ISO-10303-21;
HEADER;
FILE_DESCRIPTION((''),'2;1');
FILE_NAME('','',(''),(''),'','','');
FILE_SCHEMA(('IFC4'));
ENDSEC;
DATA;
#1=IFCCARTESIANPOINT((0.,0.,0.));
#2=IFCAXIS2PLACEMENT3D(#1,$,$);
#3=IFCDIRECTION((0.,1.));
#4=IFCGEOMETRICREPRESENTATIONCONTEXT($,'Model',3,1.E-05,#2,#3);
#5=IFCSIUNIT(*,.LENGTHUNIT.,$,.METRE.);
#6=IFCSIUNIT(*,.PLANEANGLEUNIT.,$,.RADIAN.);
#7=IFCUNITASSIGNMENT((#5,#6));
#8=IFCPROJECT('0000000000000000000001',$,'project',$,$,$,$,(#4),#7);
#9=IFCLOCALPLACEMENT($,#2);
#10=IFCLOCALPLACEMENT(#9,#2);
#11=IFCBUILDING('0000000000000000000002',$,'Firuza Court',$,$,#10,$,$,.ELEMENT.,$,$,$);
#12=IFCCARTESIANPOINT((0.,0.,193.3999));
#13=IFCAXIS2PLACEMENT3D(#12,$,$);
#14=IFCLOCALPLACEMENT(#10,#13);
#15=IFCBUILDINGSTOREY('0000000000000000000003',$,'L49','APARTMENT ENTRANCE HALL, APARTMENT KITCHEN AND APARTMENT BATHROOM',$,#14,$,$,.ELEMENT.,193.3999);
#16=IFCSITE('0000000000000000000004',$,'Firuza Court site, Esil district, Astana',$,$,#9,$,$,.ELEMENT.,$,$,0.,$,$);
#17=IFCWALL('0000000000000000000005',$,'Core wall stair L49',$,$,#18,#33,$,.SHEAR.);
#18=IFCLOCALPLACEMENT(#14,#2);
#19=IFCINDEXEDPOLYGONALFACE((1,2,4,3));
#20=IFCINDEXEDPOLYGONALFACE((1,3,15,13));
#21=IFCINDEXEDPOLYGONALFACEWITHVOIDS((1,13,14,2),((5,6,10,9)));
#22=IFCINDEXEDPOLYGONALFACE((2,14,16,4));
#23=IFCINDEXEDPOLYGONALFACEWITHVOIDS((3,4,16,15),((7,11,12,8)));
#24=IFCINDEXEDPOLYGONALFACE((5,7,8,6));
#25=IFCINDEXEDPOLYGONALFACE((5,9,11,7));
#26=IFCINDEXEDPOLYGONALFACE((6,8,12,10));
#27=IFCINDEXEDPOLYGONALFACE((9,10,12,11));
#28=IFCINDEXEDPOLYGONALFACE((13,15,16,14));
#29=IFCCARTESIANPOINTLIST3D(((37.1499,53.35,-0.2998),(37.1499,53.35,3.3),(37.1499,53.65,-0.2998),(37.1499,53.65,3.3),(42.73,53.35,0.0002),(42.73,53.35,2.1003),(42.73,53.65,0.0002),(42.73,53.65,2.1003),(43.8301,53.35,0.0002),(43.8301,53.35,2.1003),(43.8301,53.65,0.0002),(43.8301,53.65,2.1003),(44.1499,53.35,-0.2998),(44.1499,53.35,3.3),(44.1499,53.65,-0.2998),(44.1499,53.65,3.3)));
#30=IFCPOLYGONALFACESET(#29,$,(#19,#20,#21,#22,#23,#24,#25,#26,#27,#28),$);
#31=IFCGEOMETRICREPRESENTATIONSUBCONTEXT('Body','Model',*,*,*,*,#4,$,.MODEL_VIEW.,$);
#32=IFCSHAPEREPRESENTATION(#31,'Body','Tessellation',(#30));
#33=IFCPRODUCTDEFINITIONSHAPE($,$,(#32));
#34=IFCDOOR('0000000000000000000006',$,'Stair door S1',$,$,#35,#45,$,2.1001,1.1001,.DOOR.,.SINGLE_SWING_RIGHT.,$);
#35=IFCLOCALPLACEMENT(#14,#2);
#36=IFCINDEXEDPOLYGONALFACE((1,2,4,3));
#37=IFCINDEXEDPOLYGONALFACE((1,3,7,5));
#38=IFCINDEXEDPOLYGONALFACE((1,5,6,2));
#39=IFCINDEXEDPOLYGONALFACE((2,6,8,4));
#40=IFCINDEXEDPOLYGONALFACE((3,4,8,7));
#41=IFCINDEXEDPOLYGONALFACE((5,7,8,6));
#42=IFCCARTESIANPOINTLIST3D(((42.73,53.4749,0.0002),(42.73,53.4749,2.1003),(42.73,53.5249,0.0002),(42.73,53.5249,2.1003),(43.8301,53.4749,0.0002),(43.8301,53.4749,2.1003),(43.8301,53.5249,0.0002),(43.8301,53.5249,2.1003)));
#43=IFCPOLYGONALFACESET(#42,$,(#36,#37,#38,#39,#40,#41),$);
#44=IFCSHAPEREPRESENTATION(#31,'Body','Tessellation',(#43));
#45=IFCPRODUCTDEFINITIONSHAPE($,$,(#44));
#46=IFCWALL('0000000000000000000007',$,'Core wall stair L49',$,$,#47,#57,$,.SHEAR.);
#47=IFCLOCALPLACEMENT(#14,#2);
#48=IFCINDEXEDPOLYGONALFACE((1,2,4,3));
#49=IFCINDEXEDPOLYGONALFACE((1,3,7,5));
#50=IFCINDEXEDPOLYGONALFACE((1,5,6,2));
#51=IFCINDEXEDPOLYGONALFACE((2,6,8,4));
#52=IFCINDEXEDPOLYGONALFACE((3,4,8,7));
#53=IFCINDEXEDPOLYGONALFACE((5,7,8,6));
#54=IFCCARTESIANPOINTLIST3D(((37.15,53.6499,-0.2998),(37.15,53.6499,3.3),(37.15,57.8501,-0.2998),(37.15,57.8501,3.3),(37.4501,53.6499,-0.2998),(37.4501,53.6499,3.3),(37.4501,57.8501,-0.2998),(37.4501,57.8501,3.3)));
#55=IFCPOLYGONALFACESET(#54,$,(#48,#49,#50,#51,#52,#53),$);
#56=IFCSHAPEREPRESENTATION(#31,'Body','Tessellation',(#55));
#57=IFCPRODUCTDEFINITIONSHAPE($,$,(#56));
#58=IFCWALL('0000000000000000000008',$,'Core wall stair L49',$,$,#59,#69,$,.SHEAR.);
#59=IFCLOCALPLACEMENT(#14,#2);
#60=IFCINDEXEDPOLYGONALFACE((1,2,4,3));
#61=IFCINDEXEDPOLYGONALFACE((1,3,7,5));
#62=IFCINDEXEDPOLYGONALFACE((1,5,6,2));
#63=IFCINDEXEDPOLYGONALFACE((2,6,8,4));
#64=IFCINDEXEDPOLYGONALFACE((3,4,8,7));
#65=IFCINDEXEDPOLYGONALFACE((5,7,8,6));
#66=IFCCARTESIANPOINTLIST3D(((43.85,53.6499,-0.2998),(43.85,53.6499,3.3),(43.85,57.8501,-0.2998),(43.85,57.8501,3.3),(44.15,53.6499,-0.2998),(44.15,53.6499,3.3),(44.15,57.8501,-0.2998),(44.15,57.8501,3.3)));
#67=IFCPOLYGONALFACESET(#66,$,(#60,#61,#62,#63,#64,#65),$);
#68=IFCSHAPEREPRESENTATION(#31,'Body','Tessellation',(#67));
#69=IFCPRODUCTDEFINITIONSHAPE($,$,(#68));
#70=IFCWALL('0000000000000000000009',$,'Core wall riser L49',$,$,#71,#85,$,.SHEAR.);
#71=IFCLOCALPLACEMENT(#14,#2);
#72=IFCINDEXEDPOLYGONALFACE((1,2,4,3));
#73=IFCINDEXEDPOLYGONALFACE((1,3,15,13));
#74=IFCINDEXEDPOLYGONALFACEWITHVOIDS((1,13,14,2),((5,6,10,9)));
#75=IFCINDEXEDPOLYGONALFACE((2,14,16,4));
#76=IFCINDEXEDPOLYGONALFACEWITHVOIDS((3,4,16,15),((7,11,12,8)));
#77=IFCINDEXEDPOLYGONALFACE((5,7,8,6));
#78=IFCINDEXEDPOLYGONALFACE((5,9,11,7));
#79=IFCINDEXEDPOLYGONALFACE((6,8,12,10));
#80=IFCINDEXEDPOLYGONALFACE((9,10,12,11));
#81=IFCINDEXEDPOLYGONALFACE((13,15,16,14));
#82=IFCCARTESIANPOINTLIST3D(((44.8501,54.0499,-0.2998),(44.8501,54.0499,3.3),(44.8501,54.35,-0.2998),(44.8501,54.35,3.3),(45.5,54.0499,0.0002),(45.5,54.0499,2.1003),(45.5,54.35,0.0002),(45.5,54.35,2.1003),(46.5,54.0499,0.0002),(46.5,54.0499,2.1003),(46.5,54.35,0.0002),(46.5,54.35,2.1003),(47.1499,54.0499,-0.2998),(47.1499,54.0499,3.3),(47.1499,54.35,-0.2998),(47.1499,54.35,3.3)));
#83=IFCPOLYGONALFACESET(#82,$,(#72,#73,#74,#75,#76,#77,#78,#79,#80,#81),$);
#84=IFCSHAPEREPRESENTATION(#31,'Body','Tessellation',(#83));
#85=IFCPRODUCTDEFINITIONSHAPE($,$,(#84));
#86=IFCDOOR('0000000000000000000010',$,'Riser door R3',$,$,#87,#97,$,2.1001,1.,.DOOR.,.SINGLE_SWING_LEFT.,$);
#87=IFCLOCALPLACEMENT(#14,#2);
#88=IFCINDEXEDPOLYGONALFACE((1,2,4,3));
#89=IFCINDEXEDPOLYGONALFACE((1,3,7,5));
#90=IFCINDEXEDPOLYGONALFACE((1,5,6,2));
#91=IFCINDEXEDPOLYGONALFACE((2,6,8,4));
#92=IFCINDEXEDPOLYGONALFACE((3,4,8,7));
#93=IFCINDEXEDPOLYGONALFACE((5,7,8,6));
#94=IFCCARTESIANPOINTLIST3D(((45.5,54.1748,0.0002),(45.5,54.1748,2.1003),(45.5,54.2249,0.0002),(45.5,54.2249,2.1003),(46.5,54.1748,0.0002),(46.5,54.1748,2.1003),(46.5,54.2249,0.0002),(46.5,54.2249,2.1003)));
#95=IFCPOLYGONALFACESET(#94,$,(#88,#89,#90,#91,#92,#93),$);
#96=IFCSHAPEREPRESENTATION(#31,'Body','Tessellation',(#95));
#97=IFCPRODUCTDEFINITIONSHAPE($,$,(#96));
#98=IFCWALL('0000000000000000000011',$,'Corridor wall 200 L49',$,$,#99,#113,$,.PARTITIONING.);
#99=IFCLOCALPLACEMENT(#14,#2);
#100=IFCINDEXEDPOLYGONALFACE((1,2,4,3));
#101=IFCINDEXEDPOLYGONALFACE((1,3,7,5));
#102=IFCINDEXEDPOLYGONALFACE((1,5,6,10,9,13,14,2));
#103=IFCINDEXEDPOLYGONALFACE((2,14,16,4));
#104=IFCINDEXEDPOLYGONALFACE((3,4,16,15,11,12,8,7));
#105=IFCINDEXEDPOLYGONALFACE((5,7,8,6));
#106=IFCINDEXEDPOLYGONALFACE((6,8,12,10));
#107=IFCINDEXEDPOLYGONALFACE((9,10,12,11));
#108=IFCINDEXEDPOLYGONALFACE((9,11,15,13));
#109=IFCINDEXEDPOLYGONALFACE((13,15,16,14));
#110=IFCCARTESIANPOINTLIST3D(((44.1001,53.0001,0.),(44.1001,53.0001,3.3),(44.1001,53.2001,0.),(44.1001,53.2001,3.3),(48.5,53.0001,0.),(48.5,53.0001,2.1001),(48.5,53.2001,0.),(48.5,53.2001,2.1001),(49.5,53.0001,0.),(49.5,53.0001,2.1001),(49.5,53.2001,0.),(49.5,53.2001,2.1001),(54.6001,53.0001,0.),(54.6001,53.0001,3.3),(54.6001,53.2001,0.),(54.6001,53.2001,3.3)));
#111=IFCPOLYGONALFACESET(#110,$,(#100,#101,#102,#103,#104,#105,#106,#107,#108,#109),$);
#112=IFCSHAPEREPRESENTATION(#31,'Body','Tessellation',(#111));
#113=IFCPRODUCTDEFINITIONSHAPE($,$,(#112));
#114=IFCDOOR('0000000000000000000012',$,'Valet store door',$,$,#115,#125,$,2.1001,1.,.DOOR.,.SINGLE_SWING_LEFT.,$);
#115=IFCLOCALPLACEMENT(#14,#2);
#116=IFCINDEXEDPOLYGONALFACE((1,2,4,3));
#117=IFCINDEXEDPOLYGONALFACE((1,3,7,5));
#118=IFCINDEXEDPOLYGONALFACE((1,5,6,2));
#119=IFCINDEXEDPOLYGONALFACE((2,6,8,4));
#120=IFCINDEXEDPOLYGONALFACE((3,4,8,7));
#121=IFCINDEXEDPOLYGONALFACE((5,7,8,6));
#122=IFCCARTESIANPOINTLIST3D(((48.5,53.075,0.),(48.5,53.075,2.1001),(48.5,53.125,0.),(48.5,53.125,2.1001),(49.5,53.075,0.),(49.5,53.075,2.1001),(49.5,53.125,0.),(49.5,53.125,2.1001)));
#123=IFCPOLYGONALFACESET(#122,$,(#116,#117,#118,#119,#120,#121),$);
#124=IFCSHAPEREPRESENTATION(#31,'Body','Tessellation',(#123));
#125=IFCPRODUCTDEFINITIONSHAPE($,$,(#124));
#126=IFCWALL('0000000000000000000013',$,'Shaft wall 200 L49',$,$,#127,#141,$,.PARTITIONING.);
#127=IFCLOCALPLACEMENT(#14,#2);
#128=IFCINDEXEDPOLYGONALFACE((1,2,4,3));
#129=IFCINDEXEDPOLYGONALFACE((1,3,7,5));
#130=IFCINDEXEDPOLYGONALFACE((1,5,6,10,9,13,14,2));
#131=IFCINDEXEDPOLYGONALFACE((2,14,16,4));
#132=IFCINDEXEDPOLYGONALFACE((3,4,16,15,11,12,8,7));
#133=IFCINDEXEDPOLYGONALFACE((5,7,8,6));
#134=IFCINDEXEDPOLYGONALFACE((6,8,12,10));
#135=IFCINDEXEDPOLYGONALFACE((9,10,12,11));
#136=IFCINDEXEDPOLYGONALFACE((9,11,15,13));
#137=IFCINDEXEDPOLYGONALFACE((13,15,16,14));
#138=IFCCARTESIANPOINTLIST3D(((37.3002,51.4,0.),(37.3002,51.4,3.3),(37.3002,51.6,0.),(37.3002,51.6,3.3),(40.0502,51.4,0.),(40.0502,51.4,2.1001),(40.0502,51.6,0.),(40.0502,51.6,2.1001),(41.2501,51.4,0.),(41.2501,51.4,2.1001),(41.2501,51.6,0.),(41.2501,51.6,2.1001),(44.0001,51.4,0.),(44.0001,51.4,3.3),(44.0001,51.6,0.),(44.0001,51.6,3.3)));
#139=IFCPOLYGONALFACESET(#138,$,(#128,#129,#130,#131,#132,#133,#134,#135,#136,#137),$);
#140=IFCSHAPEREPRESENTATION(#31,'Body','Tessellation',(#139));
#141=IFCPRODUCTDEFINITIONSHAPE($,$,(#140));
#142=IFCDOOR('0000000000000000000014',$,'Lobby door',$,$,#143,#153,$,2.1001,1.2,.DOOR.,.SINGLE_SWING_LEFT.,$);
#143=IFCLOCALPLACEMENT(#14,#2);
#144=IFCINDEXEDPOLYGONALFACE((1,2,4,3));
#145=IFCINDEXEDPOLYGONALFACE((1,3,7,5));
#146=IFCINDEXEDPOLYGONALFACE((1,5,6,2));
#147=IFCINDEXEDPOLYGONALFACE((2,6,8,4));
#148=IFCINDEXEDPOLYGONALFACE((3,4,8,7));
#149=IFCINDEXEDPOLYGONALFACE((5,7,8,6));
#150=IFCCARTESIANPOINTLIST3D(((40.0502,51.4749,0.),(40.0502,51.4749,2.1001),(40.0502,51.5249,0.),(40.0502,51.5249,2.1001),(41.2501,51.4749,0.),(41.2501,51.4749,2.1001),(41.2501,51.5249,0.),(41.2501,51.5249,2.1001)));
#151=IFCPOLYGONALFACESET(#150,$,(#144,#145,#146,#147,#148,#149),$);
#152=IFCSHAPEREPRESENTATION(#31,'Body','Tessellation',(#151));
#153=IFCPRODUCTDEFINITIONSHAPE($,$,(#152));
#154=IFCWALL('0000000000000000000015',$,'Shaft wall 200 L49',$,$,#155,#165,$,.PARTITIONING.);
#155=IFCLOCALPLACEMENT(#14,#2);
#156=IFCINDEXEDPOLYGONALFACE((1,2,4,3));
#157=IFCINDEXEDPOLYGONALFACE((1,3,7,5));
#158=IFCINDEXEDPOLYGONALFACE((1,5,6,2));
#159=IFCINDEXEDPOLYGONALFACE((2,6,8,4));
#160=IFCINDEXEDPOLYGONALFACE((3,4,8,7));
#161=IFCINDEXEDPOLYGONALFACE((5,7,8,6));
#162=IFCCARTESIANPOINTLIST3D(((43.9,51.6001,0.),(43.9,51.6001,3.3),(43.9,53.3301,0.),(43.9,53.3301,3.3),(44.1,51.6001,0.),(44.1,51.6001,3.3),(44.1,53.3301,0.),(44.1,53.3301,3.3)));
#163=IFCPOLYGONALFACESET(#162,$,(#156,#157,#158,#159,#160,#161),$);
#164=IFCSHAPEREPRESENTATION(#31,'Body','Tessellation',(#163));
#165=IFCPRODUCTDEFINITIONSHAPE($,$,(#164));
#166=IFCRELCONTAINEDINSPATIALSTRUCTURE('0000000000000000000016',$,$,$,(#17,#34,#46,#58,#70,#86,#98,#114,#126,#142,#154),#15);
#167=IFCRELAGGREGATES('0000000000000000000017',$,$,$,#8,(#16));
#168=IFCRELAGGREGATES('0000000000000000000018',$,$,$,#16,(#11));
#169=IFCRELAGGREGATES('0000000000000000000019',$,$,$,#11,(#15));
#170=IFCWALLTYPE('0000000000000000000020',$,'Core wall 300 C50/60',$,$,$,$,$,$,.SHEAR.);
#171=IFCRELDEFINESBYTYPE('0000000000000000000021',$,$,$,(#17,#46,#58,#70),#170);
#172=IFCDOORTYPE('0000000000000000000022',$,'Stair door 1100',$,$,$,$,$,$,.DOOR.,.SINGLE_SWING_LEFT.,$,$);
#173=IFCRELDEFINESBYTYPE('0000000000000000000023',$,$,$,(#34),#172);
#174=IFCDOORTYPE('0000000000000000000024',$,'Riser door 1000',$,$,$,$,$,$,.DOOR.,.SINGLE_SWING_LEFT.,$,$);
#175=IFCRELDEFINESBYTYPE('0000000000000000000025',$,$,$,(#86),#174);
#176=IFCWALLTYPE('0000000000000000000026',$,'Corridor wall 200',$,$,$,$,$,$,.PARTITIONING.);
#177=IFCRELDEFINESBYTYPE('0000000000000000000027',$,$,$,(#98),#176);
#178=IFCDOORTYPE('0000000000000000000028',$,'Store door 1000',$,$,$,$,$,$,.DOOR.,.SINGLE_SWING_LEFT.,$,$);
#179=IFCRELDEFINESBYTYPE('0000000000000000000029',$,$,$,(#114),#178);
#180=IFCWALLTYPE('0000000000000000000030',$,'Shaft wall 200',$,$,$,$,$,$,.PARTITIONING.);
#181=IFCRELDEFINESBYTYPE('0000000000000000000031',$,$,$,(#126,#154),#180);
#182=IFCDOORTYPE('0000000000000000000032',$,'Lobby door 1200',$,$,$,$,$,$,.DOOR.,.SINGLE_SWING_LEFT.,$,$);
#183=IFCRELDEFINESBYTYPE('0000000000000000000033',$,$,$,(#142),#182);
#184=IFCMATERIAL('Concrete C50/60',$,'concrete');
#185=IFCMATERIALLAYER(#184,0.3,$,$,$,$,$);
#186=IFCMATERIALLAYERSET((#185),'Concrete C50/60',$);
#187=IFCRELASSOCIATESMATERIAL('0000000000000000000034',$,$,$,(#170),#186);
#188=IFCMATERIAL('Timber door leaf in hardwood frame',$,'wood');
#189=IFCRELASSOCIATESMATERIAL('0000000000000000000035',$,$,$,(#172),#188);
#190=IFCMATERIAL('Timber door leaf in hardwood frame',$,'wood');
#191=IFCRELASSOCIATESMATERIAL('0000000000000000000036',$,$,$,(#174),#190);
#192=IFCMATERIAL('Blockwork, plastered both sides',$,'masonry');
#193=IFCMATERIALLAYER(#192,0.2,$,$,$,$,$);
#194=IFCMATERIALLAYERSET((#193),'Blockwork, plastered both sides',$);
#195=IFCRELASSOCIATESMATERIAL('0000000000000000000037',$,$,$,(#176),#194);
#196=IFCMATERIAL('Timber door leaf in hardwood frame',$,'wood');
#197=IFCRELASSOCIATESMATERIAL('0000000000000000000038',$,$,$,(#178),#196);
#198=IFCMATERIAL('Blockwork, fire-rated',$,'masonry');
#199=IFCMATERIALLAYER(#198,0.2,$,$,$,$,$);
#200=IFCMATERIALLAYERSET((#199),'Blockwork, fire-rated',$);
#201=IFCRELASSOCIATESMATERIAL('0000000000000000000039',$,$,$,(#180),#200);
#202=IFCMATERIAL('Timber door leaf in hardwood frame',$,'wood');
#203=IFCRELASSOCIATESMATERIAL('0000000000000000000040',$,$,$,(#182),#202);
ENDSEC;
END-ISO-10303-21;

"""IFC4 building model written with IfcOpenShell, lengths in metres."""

from ifc_helpers import new_model, si_unit, direction, frame, frame_2d, origin, place, context, subcontext, project, spatial, rectangle, extrude, material, layer, layer_set, type_object, element, fill, save


model = new_model("IFC4")

# Units and contexts
model_context = context("Model", 3, precision=1e-05, world=origin(), true_north=direction((0.0, 1.0)))
body_context = subcontext(model_context, "Body", "Model", "MODEL_VIEW")
ifc_project = project(units=[si_unit("LENGTHUNIT", "METRE"), si_unit("PLANEANGLEUNIT", "RADIAN")], contexts=[model_context])

# Site, building, storey
site_placement = place(None, origin())
site = spatial("IfcSite", under=ifc_project, at=site_placement, Name="Firuza Court site, Esil district, Astana", CompositionType="ELEMENT", RefElevation=0.0)
building_placement = place(site_placement, origin())
building = spatial("IfcBuilding", under=site, at=building_placement, Name="Firuza Court", CompositionType="ELEMENT")
storey_placement = place(building_placement, frame((0.0, 0.0, 193.3999)))
storey = spatial("IfcBuildingStorey", under=building, at=storey_placement, Name="L49", Description="APARTMENT ENTRANCE HALL, APARTMENT KITCHEN AND APARTMENT BATHROOM", CompositionType="ELEMENT", Elevation=193.3999)

# Wall, opening, door
ifc_material_1 = material(Name="Concrete C50/60", Category="concrete")
ifc_layer_1 = layer(ifc_material_1, 0.3)
ifc_layer_set_1 = layer_set([ifc_layer_1], Name="Concrete C50/60")
wall_type_1 = type_object("IfcWallType", Name="Core wall 300 C50/60", PredefinedType="SHEAR", material=ifc_layer_set_1)
wall_1_placement = place(storey_placement, frame((37.1499, 53.5, -0.2998), z_axis=(0.0, 0.0, 1.0), x_axis=(1.0, 0.0, 0.0)))
wall_1 = element("IfcWall", 1, at=wall_1_placement, inside=storey, type_object=wall_type_1, Name="Core wall stair L49", PredefinedType="SHEAR", context=body_context, shape_type="SweptSolid", body=[
    extrude(rectangle(XDim=7.0, YDim=0.3, at=frame_2d((3.5, 0.0))), origin(), (0.0, 0.0, 1.0), 3.5999),
])
opening_1_placement = place(wall_1_placement, frame((5.5801, 0.0, 0.3)))
opening_1 = element("IfcOpeningElement", 2, at=opening_1_placement, cuts=wall_1, PredefinedType="OPENING", context=body_context, shape_type="SweptSolid", body=[
    extrude(rectangle(XDim=1.1001, YDim=2.1001, at=frame_2d((0.55, 1.05))), frame((0.0, 0.1621, 0.0), z_axis=(0.0, -1.0, 0.0), x_axis=(1.0, 0.0, 0.0)), (0.0, 0.0, 1.0), 0.324),
])
ifc_material_2 = material(Name="Timber door leaf in hardwood frame", Category="wood")
door_type_1 = type_object("IfcDoorType", Name="Stair door 1100", OperationType="SINGLE_SWING_LEFT", PredefinedType="DOOR", material=ifc_material_2)
door_1_placement = place(opening_1_placement, origin())
door_1 = element("IfcDoor", 3, at=door_1_placement, inside=storey, type_object=door_type_1, Name="Stair door S1", OperationType="SINGLE_SWING_RIGHT", OverallHeight=2.1001, OverallWidth=1.1001, PredefinedType="DOOR", context=body_context, shape_type="SweptSolid", body=[
    extrude(rectangle(XDim=1.1001, YDim=2.1001, at=frame_2d((0.55, 1.05))), frame((0.0, 0.0249, 0.0), z_axis=(0.0, -1.0, 0.0), x_axis=(1.0, 0.0, 0.0)), (0.0, 0.0, 1.0), 0.05),
])
fill(opening_1, door_1)

# Walls
for number, where, z_axis, x_axis, name in (
    (4, (37.3, 53.6499, -0.2998), (0.0, 0.0, 1.0), (0.0, 1.0, 0.0), "Core wall stair L49"),
    (5, (44.0, 53.6499, -0.2998), (0.0, 0.0, 1.0), (0.0, 1.0, 0.0), "Core wall stair L49"),
):
    element("IfcWall", number, at=place(storey_placement, frame(where, z_axis=z_axis, x_axis=x_axis)), inside=storey, type_object=wall_type_1, Name=name, PredefinedType="SHEAR", context=body_context, shape_type="SweptSolid", body=[
        extrude(rectangle(XDim=4.2002, YDim=0.3, at=frame_2d((2.1001, 0.0))), origin(), (0.0, 0.0, 1.0), 3.5999),
    ])

# Walls, openings, doors
wall_2_placement = place(storey_placement, frame((44.8501, 54.2, -0.2998), z_axis=(0.0, 0.0, 1.0), x_axis=(1.0, 0.0, 0.0)))
wall_2 = element("IfcWall", 6, at=wall_2_placement, inside=storey, type_object=wall_type_1, Name="Core wall riser L49", PredefinedType="SHEAR", context=body_context, shape_type="SweptSolid", body=[
    extrude(rectangle(XDim=2.2998, YDim=0.3, at=frame_2d((1.1499, 0.0))), origin(), (0.0, 0.0, 1.0), 3.5999),
])
opening_2_placement = place(wall_2_placement, frame((0.6499, 0.0, 0.3)))
opening_2 = element("IfcOpeningElement", 7, at=opening_2_placement, cuts=wall_2, PredefinedType="OPENING", context=body_context, shape_type="SweptSolid", body=[
    extrude(rectangle(XDim=1.0, YDim=2.1001, at=frame_2d((0.5, 1.05))), frame((0.0, 0.1621, 0.0), z_axis=(0.0, -1.0, 0.0), x_axis=(1.0, 0.0, 0.0)), (0.0, 0.0, 1.0), 0.324),
])
ifc_material_3 = material(Name="Timber door leaf in hardwood frame", Category="wood")
door_type_2 = type_object("IfcDoorType", Name="Riser door 1000", OperationType="SINGLE_SWING_LEFT", PredefinedType="DOOR", material=ifc_material_3)
door_2_placement = place(opening_2_placement, origin())
door_2 = element("IfcDoor", 8, at=door_2_placement, inside=storey, type_object=door_type_2, Name="Riser door R3", OperationType="SINGLE_SWING_LEFT", OverallHeight=2.1001, OverallWidth=1.0, PredefinedType="DOOR", context=body_context, shape_type="SweptSolid", body=[
    extrude(rectangle(XDim=1.0, YDim=2.1001, at=frame_2d((0.5, 1.05))), frame((0.0, 0.0249, 0.0), z_axis=(0.0, -1.0, 0.0), x_axis=(1.0, 0.0, 0.0)), (0.0, 0.0, 1.0), 0.05),
])
fill(opening_2, door_2)
ifc_material_4 = material(Name="Blockwork, plastered both sides", Category="masonry")
ifc_layer_2 = layer(ifc_material_4, 0.2)
ifc_layer_set_2 = layer_set([ifc_layer_2], Name="Blockwork, plastered both sides")
wall_type_2 = type_object("IfcWallType", Name="Corridor wall 200", PredefinedType="PARTITIONING", material=ifc_layer_set_2)
wall_3_placement = place(storey_placement, frame((44.1001, 53.1001, 0.0), z_axis=(0.0, 0.0, 1.0), x_axis=(1.0, 0.0, 0.0)))
wall_3 = element("IfcWall", 9, at=wall_3_placement, inside=storey, type_object=wall_type_2, Name="Corridor wall 200 L49", PredefinedType="PARTITIONING", context=body_context, shape_type="SweptSolid", body=[
    extrude(rectangle(XDim=10.5, YDim=0.2, at=frame_2d((5.25, 0.0))), origin(), (0.0, 0.0, 1.0), 3.3),
])
opening_3_placement = place(wall_3_placement, frame((4.3999, 0.0, 0.0)))
opening_3 = element("IfcOpeningElement", 10, at=opening_3_placement, cuts=wall_3, PredefinedType="OPENING", context=body_context, shape_type="SweptSolid", body=[
    extrude(rectangle(XDim=1.0, YDim=2.1001, at=frame_2d((0.5, 1.05))), frame((0.0, 0.1118, 0.0), z_axis=(0.0, -1.0, 0.0), x_axis=(1.0, 0.0, 0.0)), (0.0, 0.0, 1.0), 0.2239),
])
ifc_material_5 = material(Name="Timber door leaf in hardwood frame", Category="wood")
door_type_3 = type_object("IfcDoorType", Name="Store door 1000", OperationType="SINGLE_SWING_LEFT", PredefinedType="DOOR", material=ifc_material_5)
door_3_placement = place(opening_3_placement, origin())
door_3 = element("IfcDoor", 11, at=door_3_placement, inside=storey, type_object=door_type_3, Name="Valet store door", OperationType="SINGLE_SWING_LEFT", OverallHeight=2.1001, OverallWidth=1.0, PredefinedType="DOOR", context=body_context, shape_type="SweptSolid", body=[
    extrude(rectangle(XDim=1.0, YDim=2.1001, at=frame_2d((0.5, 1.05))), frame((0.0, 0.0249, 0.0), z_axis=(0.0, -1.0, 0.0), x_axis=(1.0, 0.0, 0.0)), (0.0, 0.0, 1.0), 0.05),
])
fill(opening_3, door_3)
ifc_material_6 = material(Name="Blockwork, fire-rated", Category="masonry")
ifc_layer_3 = layer(ifc_material_6, 0.2)
ifc_layer_set_3 = layer_set([ifc_layer_3], Name="Blockwork, fire-rated")
wall_type_3 = type_object("IfcWallType", Name="Shaft wall 200", PredefinedType="PARTITIONING", material=ifc_layer_set_3)
wall_4_placement = place(storey_placement, frame((37.3, 51.5, 0.0), z_axis=(0.0, 0.0, 1.0), x_axis=(1.0, 0.0, 0.0)))
wall_4 = element("IfcWall", 12, at=wall_4_placement, inside=storey, type_object=wall_type_3, Name="Shaft wall 200 L49", PredefinedType="PARTITIONING", context=body_context, shape_type="SweptSolid", body=[
    extrude(rectangle(XDim=6.7, YDim=0.2, at=frame_2d((3.3501, 0.0))), origin(), (0.0, 0.0, 1.0), 3.3),
])
opening_4_placement = place(wall_4_placement, frame((2.75, 0.0, 0.0)))
opening_4 = element("IfcOpeningElement", 13, at=opening_4_placement, cuts=wall_4, PredefinedType="OPENING", context=body_context, shape_type="SweptSolid", body=[
    extrude(rectangle(XDim=1.2, YDim=2.1001, at=frame_2d((0.6001, 1.05))), frame((0.0, 0.1118, 0.0), z_axis=(0.0, -1.0, 0.0), x_axis=(1.0, 0.0, 0.0)), (0.0, 0.0, 1.0), 0.2239),
])
ifc_material_7 = material(Name="Timber door leaf in hardwood frame", Category="wood")
door_type_4 = type_object("IfcDoorType", Name="Lobby door 1200", OperationType="SINGLE_SWING_LEFT", PredefinedType="DOOR", material=ifc_material_7)
door_4_placement = place(opening_4_placement, origin())
door_4 = element("IfcDoor", 14, at=door_4_placement, inside=storey, type_object=door_type_4, Name="Lobby door", OperationType="SINGLE_SWING_LEFT", OverallHeight=2.1001, OverallWidth=1.2, PredefinedType="DOOR", context=body_context, shape_type="SweptSolid", body=[
    extrude(rectangle(XDim=1.2, YDim=2.1001, at=frame_2d((0.6001, 1.05))), frame((0.0, 0.0249, 0.0), z_axis=(0.0, -1.0, 0.0), x_axis=(1.0, 0.0, 0.0)), (0.0, 0.0, 1.0), 0.05),
])
fill(opening_4, door_4)

# Wall
for number, where, z_axis, x_axis, name in (
    (15, (44.0, 51.6001, 0.0), (0.0, 0.0, 1.0), (0.0, 1.0, 0.0), "Shaft wall 200 L49"),
):
    element("IfcWall", number, at=place(storey_placement, frame(where, z_axis=z_axis, x_axis=x_axis)), inside=storey, type_object=wall_type_3, Name=name, PredefinedType="PARTITIONING", context=body_context, shape_type="SweptSolid", body=[
        extrude(rectangle(XDim=1.73, YDim=0.2, at=frame_2d((0.865, 0.0))), origin(), (0.0, 0.0, 1.0), 3.3),
    ])

save(model, "model.ifc")
